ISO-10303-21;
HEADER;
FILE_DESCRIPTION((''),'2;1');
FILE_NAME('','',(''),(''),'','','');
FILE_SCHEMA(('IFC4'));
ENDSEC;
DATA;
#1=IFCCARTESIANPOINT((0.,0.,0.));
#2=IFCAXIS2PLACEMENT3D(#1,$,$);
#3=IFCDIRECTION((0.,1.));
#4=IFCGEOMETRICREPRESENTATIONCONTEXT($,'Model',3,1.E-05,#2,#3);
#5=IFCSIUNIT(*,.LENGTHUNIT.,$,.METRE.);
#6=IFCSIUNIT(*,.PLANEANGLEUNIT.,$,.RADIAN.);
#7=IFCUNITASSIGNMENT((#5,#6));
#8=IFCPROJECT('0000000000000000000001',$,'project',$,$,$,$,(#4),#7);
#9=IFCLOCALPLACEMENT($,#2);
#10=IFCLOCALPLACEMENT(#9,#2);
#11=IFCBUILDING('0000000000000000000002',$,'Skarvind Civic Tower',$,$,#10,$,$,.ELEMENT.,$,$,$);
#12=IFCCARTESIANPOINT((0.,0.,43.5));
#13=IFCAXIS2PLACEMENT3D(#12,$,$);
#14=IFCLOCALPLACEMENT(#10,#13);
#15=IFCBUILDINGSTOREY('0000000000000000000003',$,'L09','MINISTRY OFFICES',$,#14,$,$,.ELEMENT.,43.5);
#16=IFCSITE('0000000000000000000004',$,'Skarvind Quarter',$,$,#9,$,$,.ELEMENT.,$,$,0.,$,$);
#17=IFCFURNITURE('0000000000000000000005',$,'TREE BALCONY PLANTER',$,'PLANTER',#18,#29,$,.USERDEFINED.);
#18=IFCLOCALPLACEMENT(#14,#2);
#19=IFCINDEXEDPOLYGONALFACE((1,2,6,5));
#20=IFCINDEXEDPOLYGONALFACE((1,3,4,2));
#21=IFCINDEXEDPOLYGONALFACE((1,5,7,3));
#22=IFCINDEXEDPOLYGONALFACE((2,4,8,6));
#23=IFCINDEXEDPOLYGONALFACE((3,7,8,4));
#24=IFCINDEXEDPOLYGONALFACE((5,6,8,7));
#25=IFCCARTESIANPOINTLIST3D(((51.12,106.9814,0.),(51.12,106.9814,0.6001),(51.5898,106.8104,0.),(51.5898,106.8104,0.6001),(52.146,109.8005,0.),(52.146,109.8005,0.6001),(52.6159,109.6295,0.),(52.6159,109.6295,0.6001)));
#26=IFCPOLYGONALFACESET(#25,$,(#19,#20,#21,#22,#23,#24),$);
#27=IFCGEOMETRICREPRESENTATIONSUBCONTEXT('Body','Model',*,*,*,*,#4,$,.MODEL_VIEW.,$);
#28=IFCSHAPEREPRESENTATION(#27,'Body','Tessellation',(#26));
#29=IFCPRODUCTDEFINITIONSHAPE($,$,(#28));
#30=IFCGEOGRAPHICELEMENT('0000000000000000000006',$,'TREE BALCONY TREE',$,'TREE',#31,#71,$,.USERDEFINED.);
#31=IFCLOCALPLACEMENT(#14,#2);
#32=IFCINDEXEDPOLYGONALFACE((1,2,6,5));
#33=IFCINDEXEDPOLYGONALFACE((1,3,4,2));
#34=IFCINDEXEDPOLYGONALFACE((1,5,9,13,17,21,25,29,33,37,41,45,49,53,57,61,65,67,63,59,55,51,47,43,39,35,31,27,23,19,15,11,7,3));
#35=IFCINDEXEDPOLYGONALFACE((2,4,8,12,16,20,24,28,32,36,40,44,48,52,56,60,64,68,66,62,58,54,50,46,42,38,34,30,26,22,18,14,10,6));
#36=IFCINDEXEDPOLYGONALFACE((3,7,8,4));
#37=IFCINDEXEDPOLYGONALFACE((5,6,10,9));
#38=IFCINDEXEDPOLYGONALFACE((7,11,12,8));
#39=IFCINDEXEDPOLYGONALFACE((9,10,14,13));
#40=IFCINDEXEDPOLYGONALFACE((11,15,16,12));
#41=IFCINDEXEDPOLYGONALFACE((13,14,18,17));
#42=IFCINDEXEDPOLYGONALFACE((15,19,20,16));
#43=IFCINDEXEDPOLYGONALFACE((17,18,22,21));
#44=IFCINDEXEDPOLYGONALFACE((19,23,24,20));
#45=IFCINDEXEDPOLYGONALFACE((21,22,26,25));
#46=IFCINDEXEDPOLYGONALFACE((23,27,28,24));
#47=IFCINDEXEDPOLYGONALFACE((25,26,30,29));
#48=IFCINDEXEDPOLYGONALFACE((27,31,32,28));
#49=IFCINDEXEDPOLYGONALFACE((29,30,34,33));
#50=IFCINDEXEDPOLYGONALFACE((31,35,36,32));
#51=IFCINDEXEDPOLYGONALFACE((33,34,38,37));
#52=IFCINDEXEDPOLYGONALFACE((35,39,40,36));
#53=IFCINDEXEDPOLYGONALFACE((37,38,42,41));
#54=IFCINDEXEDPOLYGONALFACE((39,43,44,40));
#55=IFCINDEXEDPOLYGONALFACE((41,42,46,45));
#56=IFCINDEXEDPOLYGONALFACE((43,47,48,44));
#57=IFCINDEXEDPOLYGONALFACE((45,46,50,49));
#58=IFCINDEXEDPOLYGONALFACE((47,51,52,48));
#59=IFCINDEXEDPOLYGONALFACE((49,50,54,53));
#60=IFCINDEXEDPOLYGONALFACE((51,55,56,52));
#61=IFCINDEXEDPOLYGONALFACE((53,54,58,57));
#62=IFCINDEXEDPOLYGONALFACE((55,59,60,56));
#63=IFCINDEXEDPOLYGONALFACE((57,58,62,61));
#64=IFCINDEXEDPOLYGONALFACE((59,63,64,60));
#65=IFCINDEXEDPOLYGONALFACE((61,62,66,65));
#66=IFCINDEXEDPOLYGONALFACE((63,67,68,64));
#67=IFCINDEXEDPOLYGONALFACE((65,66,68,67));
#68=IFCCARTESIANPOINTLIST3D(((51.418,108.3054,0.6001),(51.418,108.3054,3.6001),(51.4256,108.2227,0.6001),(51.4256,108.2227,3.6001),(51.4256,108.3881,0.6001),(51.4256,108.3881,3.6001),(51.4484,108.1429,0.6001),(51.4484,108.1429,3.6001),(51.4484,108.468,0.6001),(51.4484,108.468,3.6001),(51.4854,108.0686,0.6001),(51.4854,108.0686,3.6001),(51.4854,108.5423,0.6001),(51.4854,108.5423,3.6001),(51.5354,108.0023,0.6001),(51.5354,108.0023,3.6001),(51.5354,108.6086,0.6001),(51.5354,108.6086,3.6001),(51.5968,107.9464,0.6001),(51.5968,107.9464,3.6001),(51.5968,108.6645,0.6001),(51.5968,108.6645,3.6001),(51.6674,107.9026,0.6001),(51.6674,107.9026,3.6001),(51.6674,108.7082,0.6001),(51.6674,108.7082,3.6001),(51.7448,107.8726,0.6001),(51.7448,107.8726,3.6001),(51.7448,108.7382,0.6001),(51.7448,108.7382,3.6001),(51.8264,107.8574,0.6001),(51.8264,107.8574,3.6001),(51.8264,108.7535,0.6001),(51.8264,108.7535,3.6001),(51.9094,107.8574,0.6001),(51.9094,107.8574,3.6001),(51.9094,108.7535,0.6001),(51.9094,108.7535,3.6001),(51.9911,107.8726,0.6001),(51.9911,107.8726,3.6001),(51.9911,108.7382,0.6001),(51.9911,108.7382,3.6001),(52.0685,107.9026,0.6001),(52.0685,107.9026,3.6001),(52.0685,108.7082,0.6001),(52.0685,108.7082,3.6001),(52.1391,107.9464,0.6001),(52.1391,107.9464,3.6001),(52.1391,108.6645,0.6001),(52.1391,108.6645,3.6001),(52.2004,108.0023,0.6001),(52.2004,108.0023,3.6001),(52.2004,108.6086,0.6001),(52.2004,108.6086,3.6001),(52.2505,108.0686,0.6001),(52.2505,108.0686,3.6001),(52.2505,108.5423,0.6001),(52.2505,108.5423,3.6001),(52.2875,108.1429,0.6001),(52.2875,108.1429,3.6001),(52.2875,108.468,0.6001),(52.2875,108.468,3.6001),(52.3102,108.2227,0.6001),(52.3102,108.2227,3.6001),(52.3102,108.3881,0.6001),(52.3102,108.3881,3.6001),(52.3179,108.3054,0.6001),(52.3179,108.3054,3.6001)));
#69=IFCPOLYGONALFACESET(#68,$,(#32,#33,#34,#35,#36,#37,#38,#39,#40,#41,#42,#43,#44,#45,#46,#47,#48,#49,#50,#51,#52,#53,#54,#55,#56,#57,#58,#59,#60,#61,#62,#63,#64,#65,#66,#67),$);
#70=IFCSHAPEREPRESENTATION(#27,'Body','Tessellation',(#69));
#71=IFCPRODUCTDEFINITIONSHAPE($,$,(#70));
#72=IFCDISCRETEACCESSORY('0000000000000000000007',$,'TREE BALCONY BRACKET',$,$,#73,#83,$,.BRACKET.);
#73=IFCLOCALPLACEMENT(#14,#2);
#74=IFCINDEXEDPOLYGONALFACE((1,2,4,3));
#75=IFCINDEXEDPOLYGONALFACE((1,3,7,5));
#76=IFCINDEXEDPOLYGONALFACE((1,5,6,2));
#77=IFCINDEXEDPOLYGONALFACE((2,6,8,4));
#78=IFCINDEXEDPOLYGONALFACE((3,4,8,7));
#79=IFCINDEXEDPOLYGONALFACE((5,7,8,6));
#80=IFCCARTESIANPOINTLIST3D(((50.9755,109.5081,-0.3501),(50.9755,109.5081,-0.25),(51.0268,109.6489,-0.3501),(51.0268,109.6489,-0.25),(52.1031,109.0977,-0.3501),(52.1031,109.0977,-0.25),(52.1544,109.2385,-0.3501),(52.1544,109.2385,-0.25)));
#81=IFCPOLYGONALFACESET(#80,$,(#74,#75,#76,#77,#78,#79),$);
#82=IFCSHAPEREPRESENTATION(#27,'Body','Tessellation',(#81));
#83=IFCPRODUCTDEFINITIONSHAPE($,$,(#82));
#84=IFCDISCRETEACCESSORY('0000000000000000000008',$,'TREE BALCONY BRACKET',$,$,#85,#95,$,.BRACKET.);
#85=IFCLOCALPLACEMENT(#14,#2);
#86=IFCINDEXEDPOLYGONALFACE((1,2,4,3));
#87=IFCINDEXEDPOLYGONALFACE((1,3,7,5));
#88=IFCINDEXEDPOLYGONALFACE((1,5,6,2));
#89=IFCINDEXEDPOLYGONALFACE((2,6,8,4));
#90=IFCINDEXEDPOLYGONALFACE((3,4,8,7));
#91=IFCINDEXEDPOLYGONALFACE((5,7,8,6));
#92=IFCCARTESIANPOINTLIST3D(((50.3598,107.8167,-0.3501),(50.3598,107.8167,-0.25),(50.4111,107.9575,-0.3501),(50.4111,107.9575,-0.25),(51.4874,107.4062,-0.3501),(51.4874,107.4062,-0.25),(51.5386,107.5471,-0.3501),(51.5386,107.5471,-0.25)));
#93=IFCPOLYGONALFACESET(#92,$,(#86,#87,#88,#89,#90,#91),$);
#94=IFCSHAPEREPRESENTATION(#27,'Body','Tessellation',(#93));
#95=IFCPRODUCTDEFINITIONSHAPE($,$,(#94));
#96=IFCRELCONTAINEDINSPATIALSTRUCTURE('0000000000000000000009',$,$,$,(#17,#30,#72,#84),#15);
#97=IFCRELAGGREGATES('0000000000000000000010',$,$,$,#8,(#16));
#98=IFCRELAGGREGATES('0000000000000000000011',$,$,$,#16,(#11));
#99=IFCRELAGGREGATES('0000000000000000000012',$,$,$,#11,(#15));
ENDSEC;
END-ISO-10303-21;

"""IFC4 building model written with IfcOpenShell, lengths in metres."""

from ifc_helpers import new_model, si_unit, direction, frame, origin, origin_2d, place, context, subcontext, project, spatial, rectangle, circle, extrude, element, save


model = new_model("IFC4")

# Units and contexts
model_context = context("Model", 3, precision=1e-05, world=origin(), true_north=direction((0.0, 1.0)))
body_context = subcontext(model_context, "Body", "Model", "MODEL_VIEW")
ifc_project = project(units=[si_unit("LENGTHUNIT", "METRE"), si_unit("PLANEANGLEUNIT", "RADIAN")], contexts=[model_context])

# Site, building, storey
site_placement = place(None, origin())
site = spatial("IfcSite", under=ifc_project, at=site_placement, Name="Skarvind Quarter", CompositionType="ELEMENT", RefElevation=0.0)
building_placement = place(site_placement, origin())
building = spatial("IfcBuilding", under=site, at=building_placement, Name="Skarvind Civic Tower", CompositionType="ELEMENT")
storey_placement = place(building_placement, frame((0.0, 0.0, 43.5)))
storey = spatial("IfcBuildingStorey", under=building, at=storey_placement, Name="L09", Description="MINISTRY OFFICES", CompositionType="ELEMENT", Elevation=43.5)

# Furniture
furniture_placement = place(storey_placement, frame((51.8679, 108.3054, 0.0), z_axis=(0.0, 0.0, 1.0), x_axis=(-0.34202, -0.939693, 0.0)))
element("IfcFurniture", 1, at=furniture_placement, inside=storey, Name="TREE BALCONY PLANTER", ObjectType="PLANTER", PredefinedType="USERDEFINED", context=body_context, shape_type="SweptSolid", body=[
    extrude(rectangle(XDim=3.0, YDim=0.5, at=origin_2d()), origin(), (0.0, 0.0, 1.0), 0.6001),
])

# Geographic element
geographic_element_placement = place(storey_placement, frame((51.8679, 108.3054, 0.6001), z_axis=(0.0, 0.0, 1.0), x_axis=(1.0, 0.0, 0.0)))
element("IfcGeographicElement", 2, at=geographic_element_placement, inside=storey, Name="TREE BALCONY TREE", ObjectType="TREE", PredefinedType="USERDEFINED", context=body_context, shape_type="SweptSolid", body=[
    extrude(circle(Radius=0.45, at=origin_2d()), origin(), (0.0, 0.0, 1.0), 3.0),
])

# Discrete accessories
for number, where, z_axis, x_axis, name in (
    (3, (51.5649, 109.3733, -0.3501), (0.0, 0.0, 1.0), (-0.34202, -0.939693, 0.0), "TREE BALCONY BRACKET"),
    (4, (50.9492, 107.6819, -0.3501), (0.0, 0.0, 1.0), (-0.34202, -0.939693, 0.0), "TREE BALCONY BRACKET"),
):
    element("IfcDiscreteAccessory", number, at=place(storey_placement, frame(where, z_axis=z_axis, x_axis=x_axis)), inside=storey, Name=name, PredefinedType="BRACKET", context=body_context, shape_type="SweptSolid", body=[
        extrude(rectangle(XDim=0.1499, YDim=1.2, at=origin_2d()), origin(), (0.0, 0.0, 1.0), 0.1001),
    ])

save(model, "model.ifc")
